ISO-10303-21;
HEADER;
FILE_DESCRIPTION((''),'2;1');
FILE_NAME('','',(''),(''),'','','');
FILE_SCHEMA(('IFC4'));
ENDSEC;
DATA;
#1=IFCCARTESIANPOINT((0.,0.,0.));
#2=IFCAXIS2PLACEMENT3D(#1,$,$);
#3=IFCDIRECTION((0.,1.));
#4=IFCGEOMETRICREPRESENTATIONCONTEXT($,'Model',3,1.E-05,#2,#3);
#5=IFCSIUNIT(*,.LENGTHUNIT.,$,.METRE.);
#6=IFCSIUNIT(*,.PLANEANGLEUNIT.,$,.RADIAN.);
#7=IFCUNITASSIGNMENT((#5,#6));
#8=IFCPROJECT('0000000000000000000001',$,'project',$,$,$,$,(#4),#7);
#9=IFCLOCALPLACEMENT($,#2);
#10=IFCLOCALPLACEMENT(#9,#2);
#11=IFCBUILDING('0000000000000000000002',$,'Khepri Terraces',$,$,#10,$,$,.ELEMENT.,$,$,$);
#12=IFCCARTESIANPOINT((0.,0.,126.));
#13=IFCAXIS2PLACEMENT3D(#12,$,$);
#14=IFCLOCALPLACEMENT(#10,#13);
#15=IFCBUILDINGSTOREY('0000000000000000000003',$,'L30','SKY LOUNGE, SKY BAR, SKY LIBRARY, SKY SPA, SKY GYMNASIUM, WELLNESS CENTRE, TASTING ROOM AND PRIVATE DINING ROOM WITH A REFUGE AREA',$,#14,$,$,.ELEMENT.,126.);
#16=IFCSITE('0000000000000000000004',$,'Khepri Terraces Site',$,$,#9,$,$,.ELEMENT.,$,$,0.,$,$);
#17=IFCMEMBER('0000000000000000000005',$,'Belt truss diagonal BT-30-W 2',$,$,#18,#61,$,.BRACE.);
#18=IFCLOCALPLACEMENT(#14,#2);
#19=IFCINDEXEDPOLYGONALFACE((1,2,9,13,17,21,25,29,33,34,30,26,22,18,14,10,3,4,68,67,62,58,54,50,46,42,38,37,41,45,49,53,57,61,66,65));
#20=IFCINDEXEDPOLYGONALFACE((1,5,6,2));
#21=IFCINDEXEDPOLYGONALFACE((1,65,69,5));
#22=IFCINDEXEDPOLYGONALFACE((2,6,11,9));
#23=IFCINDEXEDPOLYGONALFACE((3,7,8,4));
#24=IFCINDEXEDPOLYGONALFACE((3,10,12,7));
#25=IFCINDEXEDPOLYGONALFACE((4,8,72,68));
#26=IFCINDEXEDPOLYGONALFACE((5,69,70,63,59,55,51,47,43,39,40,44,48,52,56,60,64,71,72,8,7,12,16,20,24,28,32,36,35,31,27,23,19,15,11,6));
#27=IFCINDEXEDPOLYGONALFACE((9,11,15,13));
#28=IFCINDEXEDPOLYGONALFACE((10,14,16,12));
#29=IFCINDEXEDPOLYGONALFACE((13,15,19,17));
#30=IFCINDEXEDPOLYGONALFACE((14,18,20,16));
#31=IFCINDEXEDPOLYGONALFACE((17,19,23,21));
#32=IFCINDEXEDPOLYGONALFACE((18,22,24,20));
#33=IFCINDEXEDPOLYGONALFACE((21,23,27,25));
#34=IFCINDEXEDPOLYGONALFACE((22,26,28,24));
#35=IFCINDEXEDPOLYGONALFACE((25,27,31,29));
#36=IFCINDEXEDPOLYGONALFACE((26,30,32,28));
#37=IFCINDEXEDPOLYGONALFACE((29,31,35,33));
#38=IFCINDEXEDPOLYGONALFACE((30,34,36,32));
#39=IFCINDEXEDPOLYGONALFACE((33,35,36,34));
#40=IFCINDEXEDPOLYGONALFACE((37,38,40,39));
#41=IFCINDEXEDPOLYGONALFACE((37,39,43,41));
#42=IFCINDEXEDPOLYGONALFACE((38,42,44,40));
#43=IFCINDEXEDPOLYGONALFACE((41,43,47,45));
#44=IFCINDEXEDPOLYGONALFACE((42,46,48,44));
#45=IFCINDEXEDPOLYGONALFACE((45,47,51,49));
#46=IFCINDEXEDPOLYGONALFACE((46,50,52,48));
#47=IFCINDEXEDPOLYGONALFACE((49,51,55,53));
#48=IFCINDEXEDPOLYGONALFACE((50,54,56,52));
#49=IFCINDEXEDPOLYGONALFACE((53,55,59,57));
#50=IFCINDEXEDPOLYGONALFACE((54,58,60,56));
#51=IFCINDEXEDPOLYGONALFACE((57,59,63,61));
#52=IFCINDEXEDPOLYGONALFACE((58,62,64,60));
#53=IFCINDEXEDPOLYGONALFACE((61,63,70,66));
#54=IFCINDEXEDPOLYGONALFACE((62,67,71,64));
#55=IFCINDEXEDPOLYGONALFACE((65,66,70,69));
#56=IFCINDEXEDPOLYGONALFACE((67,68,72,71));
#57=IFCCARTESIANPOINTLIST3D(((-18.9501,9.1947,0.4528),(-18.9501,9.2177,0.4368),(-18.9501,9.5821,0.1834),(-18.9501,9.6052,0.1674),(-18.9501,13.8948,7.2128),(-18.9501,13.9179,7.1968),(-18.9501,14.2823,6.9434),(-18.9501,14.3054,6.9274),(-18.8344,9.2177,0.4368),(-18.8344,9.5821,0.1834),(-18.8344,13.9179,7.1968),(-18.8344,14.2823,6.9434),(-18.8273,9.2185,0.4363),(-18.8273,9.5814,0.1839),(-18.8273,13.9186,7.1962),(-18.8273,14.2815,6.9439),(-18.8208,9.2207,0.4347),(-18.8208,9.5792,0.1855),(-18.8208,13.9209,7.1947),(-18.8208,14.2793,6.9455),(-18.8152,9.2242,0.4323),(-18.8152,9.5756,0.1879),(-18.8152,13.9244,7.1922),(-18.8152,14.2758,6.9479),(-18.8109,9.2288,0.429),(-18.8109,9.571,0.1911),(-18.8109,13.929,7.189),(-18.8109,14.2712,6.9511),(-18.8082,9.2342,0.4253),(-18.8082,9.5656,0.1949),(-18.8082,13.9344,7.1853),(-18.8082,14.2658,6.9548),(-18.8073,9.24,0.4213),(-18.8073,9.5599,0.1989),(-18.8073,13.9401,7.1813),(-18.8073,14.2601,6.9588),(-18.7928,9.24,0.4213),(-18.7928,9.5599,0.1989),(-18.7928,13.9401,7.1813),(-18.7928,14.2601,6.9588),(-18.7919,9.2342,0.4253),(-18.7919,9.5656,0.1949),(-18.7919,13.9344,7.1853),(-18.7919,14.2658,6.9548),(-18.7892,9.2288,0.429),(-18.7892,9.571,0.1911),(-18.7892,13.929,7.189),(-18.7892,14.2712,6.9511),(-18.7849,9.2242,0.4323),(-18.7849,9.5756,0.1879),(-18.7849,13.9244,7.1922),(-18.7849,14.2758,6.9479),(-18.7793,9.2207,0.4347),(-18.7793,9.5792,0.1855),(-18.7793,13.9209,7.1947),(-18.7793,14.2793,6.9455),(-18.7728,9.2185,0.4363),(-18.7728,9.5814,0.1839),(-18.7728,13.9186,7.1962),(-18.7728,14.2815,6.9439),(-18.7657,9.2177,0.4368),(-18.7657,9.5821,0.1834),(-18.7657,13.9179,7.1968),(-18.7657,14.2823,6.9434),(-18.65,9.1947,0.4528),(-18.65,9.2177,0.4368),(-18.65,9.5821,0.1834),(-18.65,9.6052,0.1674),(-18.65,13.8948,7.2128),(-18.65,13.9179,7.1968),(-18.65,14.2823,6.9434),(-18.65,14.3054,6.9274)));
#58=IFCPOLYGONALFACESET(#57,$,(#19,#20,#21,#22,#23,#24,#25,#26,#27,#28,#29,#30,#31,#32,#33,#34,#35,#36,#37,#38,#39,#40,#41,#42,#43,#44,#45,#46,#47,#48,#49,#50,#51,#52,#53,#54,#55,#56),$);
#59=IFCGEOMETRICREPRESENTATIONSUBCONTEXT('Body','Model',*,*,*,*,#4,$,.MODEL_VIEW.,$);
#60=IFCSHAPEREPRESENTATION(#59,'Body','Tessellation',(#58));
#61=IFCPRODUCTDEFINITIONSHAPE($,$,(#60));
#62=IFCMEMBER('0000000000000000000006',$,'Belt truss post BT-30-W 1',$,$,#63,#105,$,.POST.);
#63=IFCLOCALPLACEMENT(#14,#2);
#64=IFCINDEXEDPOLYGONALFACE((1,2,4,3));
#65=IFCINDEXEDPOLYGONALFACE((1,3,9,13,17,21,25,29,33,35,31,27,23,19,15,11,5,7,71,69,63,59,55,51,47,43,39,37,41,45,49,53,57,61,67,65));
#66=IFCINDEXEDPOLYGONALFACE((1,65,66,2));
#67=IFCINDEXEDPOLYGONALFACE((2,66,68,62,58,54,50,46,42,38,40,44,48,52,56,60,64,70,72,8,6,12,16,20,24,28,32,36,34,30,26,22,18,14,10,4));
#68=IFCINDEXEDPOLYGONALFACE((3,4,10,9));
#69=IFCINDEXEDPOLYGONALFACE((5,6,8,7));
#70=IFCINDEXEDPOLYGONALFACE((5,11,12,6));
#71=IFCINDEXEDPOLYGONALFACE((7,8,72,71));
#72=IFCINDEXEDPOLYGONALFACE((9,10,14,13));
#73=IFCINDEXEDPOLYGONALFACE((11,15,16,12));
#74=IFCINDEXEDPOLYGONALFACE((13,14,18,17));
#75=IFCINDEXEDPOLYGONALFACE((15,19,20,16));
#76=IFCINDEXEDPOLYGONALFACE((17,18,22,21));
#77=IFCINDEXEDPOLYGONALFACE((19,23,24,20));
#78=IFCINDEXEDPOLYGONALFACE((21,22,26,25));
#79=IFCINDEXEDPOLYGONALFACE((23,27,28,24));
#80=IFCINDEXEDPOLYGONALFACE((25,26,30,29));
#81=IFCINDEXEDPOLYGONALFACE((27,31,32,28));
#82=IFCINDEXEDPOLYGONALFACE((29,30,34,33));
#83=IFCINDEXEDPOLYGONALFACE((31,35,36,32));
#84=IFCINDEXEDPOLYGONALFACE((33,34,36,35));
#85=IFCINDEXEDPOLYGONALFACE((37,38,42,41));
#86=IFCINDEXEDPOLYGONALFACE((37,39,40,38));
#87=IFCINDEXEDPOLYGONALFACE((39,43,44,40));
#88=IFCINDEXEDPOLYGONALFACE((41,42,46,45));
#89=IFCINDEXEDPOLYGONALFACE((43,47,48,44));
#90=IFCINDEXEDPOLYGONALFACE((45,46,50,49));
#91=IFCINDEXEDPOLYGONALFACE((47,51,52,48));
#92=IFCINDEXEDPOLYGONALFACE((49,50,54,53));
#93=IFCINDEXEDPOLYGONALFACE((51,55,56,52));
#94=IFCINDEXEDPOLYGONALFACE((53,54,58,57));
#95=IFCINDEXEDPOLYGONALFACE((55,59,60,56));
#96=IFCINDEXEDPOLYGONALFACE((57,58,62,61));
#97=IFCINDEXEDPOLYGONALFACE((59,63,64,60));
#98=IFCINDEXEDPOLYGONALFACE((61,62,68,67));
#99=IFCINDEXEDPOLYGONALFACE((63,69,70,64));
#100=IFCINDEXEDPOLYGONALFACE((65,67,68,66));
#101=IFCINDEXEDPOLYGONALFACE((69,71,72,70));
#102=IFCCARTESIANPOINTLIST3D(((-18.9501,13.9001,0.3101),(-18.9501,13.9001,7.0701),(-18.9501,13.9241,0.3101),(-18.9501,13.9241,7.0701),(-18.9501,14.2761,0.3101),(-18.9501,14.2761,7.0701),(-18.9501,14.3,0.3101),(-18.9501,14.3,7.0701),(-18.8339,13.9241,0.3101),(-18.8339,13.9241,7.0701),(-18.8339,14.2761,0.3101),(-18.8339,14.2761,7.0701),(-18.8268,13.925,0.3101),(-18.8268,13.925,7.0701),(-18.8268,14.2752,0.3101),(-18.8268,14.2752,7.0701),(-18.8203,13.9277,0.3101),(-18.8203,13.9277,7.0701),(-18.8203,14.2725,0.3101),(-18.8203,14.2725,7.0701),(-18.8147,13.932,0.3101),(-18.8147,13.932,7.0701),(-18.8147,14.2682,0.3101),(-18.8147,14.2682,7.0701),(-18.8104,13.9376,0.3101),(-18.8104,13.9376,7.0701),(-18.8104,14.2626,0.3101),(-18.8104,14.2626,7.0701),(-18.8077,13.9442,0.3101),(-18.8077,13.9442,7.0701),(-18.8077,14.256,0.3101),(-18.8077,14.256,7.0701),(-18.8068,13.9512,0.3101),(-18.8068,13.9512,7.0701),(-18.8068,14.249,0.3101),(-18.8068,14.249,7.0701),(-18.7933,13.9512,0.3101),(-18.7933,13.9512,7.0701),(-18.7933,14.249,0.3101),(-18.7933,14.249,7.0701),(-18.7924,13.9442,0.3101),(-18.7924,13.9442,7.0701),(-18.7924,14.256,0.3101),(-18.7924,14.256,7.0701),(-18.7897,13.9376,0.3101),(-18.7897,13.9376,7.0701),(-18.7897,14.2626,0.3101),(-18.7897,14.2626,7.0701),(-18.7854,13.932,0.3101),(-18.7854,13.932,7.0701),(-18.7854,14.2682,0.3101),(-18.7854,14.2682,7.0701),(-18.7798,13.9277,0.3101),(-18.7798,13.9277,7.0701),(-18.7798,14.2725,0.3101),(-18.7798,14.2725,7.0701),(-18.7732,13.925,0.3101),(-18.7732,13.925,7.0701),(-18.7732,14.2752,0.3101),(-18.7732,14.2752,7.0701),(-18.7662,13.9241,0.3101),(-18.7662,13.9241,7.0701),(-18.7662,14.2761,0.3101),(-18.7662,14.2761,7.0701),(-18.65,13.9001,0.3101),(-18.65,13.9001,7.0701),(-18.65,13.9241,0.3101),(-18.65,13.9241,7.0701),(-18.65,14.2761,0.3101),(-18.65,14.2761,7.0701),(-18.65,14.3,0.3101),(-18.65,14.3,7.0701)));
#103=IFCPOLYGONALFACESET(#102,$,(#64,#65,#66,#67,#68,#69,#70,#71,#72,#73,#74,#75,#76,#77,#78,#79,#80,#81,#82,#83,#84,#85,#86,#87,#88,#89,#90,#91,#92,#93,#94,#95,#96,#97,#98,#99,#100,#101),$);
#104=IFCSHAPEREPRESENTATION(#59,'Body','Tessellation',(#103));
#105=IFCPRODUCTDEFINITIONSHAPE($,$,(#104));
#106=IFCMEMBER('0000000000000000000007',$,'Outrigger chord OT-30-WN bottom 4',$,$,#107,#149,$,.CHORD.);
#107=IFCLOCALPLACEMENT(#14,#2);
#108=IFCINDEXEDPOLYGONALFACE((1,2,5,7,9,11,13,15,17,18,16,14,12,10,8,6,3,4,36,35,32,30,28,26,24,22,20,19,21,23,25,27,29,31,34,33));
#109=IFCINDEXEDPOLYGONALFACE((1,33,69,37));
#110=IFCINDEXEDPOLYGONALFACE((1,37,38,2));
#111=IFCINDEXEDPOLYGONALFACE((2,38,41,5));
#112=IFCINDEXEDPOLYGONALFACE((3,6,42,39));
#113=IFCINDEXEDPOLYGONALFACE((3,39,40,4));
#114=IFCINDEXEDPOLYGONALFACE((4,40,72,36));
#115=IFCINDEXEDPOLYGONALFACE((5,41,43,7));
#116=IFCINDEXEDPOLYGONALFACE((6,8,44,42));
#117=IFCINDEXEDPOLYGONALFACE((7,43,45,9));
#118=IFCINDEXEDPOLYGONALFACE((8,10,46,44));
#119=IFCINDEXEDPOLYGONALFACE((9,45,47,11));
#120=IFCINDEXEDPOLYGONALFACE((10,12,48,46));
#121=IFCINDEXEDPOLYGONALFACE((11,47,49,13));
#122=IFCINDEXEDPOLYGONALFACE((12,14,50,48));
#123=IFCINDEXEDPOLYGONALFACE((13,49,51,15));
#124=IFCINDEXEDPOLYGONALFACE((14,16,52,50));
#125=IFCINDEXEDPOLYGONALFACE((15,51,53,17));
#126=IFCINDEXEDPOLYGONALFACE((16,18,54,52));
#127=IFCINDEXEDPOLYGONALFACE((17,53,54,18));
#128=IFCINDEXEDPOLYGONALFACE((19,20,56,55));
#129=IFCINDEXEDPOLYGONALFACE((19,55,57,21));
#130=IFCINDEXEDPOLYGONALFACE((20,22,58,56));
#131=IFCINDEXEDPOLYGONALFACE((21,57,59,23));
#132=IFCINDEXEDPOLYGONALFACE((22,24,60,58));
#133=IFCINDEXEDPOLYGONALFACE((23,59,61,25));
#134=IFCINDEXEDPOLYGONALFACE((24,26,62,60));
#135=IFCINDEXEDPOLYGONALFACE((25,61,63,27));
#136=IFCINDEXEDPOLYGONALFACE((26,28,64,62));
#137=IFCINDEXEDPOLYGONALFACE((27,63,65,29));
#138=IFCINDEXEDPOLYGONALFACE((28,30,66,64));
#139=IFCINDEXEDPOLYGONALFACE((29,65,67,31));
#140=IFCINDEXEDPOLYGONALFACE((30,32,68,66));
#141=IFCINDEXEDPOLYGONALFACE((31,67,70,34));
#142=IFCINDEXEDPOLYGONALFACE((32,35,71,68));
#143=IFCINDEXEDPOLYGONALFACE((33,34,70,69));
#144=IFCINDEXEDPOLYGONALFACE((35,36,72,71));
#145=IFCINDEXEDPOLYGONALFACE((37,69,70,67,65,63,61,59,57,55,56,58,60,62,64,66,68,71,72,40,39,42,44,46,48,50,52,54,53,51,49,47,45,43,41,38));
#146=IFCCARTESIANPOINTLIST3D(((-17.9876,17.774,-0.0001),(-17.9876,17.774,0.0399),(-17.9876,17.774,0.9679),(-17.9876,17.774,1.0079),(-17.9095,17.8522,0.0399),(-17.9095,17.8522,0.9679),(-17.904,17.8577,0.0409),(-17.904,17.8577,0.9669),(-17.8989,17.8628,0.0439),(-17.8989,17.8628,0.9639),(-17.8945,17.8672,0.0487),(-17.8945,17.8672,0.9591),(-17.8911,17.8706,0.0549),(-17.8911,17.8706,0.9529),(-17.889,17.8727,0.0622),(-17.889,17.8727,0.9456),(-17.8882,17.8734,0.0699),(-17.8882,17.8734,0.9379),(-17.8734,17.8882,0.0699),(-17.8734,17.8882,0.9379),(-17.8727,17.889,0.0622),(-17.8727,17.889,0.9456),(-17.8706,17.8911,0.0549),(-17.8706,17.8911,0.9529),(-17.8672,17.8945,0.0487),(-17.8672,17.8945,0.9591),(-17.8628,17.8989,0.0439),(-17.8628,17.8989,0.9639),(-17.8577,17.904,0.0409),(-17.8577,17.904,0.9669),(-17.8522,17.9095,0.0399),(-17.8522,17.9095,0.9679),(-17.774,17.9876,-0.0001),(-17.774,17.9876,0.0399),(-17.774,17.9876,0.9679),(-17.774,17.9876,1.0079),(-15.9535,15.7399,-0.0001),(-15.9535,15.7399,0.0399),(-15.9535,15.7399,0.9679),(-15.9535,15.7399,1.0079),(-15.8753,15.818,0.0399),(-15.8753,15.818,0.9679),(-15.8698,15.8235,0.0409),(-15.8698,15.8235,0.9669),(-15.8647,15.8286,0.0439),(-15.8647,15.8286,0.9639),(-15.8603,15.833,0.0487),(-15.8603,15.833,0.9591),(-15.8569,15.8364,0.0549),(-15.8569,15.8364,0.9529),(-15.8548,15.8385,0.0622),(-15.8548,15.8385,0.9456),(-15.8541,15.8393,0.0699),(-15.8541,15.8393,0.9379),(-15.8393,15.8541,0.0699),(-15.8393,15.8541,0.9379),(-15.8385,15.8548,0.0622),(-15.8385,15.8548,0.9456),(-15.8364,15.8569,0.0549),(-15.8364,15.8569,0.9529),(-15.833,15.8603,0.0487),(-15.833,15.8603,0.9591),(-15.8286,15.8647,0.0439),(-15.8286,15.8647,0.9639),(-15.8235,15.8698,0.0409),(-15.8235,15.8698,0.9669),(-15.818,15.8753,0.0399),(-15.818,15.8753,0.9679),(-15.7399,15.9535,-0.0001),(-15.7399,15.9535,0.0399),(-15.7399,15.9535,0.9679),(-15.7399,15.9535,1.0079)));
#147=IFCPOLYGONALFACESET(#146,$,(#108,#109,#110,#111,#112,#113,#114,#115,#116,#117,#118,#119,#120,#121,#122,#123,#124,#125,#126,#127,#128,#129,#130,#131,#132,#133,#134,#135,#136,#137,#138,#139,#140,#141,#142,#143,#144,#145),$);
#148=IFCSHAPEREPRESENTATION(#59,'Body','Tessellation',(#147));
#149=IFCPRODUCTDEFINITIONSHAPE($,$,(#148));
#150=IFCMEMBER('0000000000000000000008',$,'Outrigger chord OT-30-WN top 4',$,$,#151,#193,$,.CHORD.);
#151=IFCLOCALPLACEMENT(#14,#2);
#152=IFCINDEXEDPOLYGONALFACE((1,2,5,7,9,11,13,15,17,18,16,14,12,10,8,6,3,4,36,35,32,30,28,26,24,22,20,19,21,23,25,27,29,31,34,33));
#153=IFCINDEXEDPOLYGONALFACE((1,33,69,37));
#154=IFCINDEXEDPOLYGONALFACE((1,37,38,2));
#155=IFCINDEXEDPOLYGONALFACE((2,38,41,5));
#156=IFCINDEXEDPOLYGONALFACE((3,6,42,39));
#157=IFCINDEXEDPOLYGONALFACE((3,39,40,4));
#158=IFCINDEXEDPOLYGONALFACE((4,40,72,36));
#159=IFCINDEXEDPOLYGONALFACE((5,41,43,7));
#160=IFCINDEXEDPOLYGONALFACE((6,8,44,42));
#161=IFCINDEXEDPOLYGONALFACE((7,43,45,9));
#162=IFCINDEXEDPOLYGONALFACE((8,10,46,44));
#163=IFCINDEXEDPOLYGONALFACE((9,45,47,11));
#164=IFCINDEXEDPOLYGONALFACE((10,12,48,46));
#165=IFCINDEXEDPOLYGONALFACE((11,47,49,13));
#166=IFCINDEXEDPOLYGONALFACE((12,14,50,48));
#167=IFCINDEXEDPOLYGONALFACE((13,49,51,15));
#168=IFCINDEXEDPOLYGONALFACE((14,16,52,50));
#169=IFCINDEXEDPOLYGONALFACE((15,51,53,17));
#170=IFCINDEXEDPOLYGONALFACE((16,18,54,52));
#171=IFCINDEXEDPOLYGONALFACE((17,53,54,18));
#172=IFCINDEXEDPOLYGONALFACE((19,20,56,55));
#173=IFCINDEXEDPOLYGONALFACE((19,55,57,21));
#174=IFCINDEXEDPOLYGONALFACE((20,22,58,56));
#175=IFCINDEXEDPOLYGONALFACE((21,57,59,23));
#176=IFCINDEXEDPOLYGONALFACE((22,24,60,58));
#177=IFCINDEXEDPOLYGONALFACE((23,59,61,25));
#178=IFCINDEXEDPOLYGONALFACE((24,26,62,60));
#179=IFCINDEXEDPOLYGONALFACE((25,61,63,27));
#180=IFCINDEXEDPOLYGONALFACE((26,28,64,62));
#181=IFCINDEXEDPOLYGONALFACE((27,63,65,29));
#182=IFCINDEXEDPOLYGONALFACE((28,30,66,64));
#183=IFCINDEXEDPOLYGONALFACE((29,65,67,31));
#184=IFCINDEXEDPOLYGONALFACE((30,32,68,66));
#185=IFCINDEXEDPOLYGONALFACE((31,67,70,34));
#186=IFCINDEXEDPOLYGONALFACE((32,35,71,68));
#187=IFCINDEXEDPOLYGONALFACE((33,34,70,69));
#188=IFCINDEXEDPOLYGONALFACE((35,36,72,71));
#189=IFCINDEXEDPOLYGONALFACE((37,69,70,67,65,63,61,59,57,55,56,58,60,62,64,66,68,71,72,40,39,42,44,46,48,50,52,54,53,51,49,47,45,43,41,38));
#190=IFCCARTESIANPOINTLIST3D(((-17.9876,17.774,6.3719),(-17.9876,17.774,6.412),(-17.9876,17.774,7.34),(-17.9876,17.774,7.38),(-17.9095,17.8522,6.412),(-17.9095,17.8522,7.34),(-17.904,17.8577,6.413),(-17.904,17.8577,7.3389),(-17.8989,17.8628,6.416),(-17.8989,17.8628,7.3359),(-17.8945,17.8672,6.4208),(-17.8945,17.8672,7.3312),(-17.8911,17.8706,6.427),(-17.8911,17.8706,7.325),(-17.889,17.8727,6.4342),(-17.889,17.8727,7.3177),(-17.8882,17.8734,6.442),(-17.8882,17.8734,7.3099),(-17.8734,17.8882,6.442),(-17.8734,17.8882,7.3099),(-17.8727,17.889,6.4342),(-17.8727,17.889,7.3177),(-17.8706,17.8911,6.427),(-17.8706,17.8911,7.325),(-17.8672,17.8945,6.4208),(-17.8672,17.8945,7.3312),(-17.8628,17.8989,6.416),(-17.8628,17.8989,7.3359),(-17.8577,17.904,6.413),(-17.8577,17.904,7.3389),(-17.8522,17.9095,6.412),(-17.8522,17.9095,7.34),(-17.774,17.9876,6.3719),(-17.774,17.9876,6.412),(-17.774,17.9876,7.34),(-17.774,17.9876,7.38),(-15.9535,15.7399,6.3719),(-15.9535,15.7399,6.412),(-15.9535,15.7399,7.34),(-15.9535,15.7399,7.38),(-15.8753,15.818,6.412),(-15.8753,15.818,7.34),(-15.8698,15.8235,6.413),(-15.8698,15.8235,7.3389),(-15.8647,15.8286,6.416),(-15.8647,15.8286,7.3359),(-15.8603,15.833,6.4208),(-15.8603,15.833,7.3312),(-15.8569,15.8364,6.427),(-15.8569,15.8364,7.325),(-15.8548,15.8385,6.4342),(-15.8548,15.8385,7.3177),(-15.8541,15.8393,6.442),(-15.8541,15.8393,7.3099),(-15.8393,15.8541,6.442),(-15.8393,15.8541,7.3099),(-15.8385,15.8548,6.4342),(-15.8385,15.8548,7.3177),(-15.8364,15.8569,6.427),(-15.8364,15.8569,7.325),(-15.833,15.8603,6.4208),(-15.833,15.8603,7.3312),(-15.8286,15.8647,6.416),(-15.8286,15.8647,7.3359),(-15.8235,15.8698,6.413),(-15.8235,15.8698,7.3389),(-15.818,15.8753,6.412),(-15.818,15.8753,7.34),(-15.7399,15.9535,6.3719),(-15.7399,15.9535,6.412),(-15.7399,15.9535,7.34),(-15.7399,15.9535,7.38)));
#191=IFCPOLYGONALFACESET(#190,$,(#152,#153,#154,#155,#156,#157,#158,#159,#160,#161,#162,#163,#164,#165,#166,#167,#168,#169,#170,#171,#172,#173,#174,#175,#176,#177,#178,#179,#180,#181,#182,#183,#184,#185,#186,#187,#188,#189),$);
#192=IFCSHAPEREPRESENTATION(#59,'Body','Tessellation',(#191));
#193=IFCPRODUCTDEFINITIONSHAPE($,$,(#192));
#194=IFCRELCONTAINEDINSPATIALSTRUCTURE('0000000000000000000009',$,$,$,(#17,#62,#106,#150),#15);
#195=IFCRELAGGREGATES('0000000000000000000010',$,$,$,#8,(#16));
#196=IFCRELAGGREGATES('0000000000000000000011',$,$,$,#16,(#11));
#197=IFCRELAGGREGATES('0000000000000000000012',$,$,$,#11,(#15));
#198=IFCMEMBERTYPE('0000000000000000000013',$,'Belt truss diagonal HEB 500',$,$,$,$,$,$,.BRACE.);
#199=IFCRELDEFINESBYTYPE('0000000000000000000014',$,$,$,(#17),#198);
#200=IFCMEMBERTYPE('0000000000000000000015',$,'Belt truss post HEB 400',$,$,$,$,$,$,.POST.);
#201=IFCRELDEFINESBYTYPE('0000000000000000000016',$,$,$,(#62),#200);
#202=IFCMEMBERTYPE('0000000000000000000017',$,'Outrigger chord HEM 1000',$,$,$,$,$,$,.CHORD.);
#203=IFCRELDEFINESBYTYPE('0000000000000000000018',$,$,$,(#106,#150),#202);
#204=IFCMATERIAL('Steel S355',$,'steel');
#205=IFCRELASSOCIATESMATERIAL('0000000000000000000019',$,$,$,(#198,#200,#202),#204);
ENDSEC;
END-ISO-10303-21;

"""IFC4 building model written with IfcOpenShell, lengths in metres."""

from ifc_helpers import new_model, si_unit, direction, frame, origin, origin_2d, place, context, subcontext, project, spatial, i_section, extrude, material, material_profile, profile_set, type_object, element, save


model = new_model("IFC4")

# Units and contexts
model_context = context("Model", 3, precision=1e-05, world=origin(), true_north=direction((0.0, 1.0)))
body_context = subcontext(model_context, "Body", "Model", "MODEL_VIEW")
ifc_project = project(units=[si_unit("LENGTHUNIT", "METRE"), si_unit("PLANEANGLEUNIT", "RADIAN")], contexts=[model_context])

# Site, building, storey
site_placement = place(None, origin())
site = spatial("IfcSite", under=ifc_project, at=site_placement, Name="Khepri Terraces Site", CompositionType="ELEMENT", RefElevation=0.0)
building_placement = place(site_placement, origin())
building = spatial("IfcBuilding", under=site, at=building_placement, Name="Khepri Terraces", CompositionType="ELEMENT")
storey_placement = place(building_placement, frame((0.0, 0.0, 126.0)))
storey = spatial("IfcBuildingStorey", under=building, at=storey_placement, Name="L30", Description="SKY LOUNGE, SKY BAR, SKY LIBRARY, SKY SPA, SKY GYMNASIUM, WELLNESS CENTRE, TASTING ROOM AND PRIVATE DINING ROOM WITH A REFUGE AREA", CompositionType="ELEMENT", Elevation=126.0)

# Members
ifc_material_1 = material(Name="Steel S355", Category="steel")
ifc_material_profile_1 = material_profile(ifc_material_1, i_section(OverallWidth=0.3, OverallDepth=0.5, WebThickness=0.0144, FlangeThickness=0.0281, FilletRadius=0.0271, at=origin_2d()), Name="Steel S355", Category="steel")
ifc_profile_set_1 = profile_set([ifc_material_profile_1], Name="Steel S355")
member_type_1 = type_object("IfcMemberType", Name="Belt truss diagonal HEB 500", PredefinedType="BRACE", material=ifc_profile_set_1)
member_1_placement = place(storey_placement, frame((-18.8, 14.1001, 7.0701), z_axis=(0.0, -0.570866, -0.821043), x_axis=(1.0, 0.0, 0.0)))
element("IfcMember", 1, at=member_1_placement, inside=storey, type_object=member_type_1, Name="Belt truss diagonal BT-30-W 2", PredefinedType="BRACE", context=body_context, shape_type="SweptSolid", body=[
    extrude(i_section(OverallWidth=0.3, OverallDepth=0.5, WebThickness=0.0144, FlangeThickness=0.0281, FilletRadius=0.0271, at=origin_2d()), origin(), (0.0, 0.0, 1.0), 8.2334),
])
ifc_material_profile_2 = material_profile(ifc_material_1, i_section(OverallWidth=0.3, OverallDepth=0.3999, WebThickness=0.0134, FlangeThickness=0.0239, FilletRadius=0.0271, at=origin_2d()), Name="Steel S355", Category="steel")
ifc_profile_set_2 = profile_set([ifc_material_profile_2], Name="Steel S355")
member_type_2 = type_object("IfcMemberType", Name="Belt truss post HEB 400", PredefinedType="POST", material=ifc_profile_set_2)
member_2_placement = place(storey_placement, frame((-18.8, 14.1001, 0.3101), z_axis=(0.0, 0.0, 1.0), x_axis=(1.0, 0.0, 0.0)))
element("IfcMember", 2, at=member_2_placement, inside=storey, type_object=member_type_2, Name="Belt truss post BT-30-W 1", PredefinedType="POST", context=body_context, shape_type="SweptSolid", body=[
    extrude(i_section(OverallWidth=0.3, OverallDepth=0.3999, WebThickness=0.0134, FlangeThickness=0.0239, FilletRadius=0.0271, at=origin_2d()), origin(), (0.0, 0.0, 1.0), 6.76),
])
ifc_material_profile_3 = material_profile(ifc_material_1, i_section(OverallWidth=0.302, OverallDepth=1.0081, WebThickness=0.021, FlangeThickness=0.04, FilletRadius=0.03, at=origin_2d()), Name="Steel S355", Category="steel")
ifc_profile_set_3 = profile_set([ifc_material_profile_3], Name="Steel S355")
member_type_3 = type_object("IfcMemberType", Name="Outrigger chord HEM 1000", PredefinedType="CHORD", material=ifc_profile_set_3)
for number, where, z_axis, x_axis, name in (
    (3, (-15.8467, 15.8467, 0.5039), (-0.707107, 0.707107, 0.0), (-0.707107, -0.707107, 0.0), "Outrigger chord OT-30-WN bottom 4"),
    (4, (-15.8467, 15.8467, 6.876), (-0.707107, 0.707107, 0.0), (-0.707107, -0.707107, 0.0), "Outrigger chord OT-30-WN top 4"),
):
    element("IfcMember", number, at=place(storey_placement, frame(where, z_axis=z_axis, x_axis=x_axis)), inside=storey, type_object=member_type_3, Name=name, PredefinedType="CHORD", context=body_context, shape_type="SweptSolid", body=[
        extrude(i_section(OverallWidth=0.302, OverallDepth=1.0081, WebThickness=0.021, FlangeThickness=0.04, FilletRadius=0.03, at=origin_2d()), origin(), (0.0, 0.0, 1.0), 2.8767),
    ])

save(model, "model.ifc")
